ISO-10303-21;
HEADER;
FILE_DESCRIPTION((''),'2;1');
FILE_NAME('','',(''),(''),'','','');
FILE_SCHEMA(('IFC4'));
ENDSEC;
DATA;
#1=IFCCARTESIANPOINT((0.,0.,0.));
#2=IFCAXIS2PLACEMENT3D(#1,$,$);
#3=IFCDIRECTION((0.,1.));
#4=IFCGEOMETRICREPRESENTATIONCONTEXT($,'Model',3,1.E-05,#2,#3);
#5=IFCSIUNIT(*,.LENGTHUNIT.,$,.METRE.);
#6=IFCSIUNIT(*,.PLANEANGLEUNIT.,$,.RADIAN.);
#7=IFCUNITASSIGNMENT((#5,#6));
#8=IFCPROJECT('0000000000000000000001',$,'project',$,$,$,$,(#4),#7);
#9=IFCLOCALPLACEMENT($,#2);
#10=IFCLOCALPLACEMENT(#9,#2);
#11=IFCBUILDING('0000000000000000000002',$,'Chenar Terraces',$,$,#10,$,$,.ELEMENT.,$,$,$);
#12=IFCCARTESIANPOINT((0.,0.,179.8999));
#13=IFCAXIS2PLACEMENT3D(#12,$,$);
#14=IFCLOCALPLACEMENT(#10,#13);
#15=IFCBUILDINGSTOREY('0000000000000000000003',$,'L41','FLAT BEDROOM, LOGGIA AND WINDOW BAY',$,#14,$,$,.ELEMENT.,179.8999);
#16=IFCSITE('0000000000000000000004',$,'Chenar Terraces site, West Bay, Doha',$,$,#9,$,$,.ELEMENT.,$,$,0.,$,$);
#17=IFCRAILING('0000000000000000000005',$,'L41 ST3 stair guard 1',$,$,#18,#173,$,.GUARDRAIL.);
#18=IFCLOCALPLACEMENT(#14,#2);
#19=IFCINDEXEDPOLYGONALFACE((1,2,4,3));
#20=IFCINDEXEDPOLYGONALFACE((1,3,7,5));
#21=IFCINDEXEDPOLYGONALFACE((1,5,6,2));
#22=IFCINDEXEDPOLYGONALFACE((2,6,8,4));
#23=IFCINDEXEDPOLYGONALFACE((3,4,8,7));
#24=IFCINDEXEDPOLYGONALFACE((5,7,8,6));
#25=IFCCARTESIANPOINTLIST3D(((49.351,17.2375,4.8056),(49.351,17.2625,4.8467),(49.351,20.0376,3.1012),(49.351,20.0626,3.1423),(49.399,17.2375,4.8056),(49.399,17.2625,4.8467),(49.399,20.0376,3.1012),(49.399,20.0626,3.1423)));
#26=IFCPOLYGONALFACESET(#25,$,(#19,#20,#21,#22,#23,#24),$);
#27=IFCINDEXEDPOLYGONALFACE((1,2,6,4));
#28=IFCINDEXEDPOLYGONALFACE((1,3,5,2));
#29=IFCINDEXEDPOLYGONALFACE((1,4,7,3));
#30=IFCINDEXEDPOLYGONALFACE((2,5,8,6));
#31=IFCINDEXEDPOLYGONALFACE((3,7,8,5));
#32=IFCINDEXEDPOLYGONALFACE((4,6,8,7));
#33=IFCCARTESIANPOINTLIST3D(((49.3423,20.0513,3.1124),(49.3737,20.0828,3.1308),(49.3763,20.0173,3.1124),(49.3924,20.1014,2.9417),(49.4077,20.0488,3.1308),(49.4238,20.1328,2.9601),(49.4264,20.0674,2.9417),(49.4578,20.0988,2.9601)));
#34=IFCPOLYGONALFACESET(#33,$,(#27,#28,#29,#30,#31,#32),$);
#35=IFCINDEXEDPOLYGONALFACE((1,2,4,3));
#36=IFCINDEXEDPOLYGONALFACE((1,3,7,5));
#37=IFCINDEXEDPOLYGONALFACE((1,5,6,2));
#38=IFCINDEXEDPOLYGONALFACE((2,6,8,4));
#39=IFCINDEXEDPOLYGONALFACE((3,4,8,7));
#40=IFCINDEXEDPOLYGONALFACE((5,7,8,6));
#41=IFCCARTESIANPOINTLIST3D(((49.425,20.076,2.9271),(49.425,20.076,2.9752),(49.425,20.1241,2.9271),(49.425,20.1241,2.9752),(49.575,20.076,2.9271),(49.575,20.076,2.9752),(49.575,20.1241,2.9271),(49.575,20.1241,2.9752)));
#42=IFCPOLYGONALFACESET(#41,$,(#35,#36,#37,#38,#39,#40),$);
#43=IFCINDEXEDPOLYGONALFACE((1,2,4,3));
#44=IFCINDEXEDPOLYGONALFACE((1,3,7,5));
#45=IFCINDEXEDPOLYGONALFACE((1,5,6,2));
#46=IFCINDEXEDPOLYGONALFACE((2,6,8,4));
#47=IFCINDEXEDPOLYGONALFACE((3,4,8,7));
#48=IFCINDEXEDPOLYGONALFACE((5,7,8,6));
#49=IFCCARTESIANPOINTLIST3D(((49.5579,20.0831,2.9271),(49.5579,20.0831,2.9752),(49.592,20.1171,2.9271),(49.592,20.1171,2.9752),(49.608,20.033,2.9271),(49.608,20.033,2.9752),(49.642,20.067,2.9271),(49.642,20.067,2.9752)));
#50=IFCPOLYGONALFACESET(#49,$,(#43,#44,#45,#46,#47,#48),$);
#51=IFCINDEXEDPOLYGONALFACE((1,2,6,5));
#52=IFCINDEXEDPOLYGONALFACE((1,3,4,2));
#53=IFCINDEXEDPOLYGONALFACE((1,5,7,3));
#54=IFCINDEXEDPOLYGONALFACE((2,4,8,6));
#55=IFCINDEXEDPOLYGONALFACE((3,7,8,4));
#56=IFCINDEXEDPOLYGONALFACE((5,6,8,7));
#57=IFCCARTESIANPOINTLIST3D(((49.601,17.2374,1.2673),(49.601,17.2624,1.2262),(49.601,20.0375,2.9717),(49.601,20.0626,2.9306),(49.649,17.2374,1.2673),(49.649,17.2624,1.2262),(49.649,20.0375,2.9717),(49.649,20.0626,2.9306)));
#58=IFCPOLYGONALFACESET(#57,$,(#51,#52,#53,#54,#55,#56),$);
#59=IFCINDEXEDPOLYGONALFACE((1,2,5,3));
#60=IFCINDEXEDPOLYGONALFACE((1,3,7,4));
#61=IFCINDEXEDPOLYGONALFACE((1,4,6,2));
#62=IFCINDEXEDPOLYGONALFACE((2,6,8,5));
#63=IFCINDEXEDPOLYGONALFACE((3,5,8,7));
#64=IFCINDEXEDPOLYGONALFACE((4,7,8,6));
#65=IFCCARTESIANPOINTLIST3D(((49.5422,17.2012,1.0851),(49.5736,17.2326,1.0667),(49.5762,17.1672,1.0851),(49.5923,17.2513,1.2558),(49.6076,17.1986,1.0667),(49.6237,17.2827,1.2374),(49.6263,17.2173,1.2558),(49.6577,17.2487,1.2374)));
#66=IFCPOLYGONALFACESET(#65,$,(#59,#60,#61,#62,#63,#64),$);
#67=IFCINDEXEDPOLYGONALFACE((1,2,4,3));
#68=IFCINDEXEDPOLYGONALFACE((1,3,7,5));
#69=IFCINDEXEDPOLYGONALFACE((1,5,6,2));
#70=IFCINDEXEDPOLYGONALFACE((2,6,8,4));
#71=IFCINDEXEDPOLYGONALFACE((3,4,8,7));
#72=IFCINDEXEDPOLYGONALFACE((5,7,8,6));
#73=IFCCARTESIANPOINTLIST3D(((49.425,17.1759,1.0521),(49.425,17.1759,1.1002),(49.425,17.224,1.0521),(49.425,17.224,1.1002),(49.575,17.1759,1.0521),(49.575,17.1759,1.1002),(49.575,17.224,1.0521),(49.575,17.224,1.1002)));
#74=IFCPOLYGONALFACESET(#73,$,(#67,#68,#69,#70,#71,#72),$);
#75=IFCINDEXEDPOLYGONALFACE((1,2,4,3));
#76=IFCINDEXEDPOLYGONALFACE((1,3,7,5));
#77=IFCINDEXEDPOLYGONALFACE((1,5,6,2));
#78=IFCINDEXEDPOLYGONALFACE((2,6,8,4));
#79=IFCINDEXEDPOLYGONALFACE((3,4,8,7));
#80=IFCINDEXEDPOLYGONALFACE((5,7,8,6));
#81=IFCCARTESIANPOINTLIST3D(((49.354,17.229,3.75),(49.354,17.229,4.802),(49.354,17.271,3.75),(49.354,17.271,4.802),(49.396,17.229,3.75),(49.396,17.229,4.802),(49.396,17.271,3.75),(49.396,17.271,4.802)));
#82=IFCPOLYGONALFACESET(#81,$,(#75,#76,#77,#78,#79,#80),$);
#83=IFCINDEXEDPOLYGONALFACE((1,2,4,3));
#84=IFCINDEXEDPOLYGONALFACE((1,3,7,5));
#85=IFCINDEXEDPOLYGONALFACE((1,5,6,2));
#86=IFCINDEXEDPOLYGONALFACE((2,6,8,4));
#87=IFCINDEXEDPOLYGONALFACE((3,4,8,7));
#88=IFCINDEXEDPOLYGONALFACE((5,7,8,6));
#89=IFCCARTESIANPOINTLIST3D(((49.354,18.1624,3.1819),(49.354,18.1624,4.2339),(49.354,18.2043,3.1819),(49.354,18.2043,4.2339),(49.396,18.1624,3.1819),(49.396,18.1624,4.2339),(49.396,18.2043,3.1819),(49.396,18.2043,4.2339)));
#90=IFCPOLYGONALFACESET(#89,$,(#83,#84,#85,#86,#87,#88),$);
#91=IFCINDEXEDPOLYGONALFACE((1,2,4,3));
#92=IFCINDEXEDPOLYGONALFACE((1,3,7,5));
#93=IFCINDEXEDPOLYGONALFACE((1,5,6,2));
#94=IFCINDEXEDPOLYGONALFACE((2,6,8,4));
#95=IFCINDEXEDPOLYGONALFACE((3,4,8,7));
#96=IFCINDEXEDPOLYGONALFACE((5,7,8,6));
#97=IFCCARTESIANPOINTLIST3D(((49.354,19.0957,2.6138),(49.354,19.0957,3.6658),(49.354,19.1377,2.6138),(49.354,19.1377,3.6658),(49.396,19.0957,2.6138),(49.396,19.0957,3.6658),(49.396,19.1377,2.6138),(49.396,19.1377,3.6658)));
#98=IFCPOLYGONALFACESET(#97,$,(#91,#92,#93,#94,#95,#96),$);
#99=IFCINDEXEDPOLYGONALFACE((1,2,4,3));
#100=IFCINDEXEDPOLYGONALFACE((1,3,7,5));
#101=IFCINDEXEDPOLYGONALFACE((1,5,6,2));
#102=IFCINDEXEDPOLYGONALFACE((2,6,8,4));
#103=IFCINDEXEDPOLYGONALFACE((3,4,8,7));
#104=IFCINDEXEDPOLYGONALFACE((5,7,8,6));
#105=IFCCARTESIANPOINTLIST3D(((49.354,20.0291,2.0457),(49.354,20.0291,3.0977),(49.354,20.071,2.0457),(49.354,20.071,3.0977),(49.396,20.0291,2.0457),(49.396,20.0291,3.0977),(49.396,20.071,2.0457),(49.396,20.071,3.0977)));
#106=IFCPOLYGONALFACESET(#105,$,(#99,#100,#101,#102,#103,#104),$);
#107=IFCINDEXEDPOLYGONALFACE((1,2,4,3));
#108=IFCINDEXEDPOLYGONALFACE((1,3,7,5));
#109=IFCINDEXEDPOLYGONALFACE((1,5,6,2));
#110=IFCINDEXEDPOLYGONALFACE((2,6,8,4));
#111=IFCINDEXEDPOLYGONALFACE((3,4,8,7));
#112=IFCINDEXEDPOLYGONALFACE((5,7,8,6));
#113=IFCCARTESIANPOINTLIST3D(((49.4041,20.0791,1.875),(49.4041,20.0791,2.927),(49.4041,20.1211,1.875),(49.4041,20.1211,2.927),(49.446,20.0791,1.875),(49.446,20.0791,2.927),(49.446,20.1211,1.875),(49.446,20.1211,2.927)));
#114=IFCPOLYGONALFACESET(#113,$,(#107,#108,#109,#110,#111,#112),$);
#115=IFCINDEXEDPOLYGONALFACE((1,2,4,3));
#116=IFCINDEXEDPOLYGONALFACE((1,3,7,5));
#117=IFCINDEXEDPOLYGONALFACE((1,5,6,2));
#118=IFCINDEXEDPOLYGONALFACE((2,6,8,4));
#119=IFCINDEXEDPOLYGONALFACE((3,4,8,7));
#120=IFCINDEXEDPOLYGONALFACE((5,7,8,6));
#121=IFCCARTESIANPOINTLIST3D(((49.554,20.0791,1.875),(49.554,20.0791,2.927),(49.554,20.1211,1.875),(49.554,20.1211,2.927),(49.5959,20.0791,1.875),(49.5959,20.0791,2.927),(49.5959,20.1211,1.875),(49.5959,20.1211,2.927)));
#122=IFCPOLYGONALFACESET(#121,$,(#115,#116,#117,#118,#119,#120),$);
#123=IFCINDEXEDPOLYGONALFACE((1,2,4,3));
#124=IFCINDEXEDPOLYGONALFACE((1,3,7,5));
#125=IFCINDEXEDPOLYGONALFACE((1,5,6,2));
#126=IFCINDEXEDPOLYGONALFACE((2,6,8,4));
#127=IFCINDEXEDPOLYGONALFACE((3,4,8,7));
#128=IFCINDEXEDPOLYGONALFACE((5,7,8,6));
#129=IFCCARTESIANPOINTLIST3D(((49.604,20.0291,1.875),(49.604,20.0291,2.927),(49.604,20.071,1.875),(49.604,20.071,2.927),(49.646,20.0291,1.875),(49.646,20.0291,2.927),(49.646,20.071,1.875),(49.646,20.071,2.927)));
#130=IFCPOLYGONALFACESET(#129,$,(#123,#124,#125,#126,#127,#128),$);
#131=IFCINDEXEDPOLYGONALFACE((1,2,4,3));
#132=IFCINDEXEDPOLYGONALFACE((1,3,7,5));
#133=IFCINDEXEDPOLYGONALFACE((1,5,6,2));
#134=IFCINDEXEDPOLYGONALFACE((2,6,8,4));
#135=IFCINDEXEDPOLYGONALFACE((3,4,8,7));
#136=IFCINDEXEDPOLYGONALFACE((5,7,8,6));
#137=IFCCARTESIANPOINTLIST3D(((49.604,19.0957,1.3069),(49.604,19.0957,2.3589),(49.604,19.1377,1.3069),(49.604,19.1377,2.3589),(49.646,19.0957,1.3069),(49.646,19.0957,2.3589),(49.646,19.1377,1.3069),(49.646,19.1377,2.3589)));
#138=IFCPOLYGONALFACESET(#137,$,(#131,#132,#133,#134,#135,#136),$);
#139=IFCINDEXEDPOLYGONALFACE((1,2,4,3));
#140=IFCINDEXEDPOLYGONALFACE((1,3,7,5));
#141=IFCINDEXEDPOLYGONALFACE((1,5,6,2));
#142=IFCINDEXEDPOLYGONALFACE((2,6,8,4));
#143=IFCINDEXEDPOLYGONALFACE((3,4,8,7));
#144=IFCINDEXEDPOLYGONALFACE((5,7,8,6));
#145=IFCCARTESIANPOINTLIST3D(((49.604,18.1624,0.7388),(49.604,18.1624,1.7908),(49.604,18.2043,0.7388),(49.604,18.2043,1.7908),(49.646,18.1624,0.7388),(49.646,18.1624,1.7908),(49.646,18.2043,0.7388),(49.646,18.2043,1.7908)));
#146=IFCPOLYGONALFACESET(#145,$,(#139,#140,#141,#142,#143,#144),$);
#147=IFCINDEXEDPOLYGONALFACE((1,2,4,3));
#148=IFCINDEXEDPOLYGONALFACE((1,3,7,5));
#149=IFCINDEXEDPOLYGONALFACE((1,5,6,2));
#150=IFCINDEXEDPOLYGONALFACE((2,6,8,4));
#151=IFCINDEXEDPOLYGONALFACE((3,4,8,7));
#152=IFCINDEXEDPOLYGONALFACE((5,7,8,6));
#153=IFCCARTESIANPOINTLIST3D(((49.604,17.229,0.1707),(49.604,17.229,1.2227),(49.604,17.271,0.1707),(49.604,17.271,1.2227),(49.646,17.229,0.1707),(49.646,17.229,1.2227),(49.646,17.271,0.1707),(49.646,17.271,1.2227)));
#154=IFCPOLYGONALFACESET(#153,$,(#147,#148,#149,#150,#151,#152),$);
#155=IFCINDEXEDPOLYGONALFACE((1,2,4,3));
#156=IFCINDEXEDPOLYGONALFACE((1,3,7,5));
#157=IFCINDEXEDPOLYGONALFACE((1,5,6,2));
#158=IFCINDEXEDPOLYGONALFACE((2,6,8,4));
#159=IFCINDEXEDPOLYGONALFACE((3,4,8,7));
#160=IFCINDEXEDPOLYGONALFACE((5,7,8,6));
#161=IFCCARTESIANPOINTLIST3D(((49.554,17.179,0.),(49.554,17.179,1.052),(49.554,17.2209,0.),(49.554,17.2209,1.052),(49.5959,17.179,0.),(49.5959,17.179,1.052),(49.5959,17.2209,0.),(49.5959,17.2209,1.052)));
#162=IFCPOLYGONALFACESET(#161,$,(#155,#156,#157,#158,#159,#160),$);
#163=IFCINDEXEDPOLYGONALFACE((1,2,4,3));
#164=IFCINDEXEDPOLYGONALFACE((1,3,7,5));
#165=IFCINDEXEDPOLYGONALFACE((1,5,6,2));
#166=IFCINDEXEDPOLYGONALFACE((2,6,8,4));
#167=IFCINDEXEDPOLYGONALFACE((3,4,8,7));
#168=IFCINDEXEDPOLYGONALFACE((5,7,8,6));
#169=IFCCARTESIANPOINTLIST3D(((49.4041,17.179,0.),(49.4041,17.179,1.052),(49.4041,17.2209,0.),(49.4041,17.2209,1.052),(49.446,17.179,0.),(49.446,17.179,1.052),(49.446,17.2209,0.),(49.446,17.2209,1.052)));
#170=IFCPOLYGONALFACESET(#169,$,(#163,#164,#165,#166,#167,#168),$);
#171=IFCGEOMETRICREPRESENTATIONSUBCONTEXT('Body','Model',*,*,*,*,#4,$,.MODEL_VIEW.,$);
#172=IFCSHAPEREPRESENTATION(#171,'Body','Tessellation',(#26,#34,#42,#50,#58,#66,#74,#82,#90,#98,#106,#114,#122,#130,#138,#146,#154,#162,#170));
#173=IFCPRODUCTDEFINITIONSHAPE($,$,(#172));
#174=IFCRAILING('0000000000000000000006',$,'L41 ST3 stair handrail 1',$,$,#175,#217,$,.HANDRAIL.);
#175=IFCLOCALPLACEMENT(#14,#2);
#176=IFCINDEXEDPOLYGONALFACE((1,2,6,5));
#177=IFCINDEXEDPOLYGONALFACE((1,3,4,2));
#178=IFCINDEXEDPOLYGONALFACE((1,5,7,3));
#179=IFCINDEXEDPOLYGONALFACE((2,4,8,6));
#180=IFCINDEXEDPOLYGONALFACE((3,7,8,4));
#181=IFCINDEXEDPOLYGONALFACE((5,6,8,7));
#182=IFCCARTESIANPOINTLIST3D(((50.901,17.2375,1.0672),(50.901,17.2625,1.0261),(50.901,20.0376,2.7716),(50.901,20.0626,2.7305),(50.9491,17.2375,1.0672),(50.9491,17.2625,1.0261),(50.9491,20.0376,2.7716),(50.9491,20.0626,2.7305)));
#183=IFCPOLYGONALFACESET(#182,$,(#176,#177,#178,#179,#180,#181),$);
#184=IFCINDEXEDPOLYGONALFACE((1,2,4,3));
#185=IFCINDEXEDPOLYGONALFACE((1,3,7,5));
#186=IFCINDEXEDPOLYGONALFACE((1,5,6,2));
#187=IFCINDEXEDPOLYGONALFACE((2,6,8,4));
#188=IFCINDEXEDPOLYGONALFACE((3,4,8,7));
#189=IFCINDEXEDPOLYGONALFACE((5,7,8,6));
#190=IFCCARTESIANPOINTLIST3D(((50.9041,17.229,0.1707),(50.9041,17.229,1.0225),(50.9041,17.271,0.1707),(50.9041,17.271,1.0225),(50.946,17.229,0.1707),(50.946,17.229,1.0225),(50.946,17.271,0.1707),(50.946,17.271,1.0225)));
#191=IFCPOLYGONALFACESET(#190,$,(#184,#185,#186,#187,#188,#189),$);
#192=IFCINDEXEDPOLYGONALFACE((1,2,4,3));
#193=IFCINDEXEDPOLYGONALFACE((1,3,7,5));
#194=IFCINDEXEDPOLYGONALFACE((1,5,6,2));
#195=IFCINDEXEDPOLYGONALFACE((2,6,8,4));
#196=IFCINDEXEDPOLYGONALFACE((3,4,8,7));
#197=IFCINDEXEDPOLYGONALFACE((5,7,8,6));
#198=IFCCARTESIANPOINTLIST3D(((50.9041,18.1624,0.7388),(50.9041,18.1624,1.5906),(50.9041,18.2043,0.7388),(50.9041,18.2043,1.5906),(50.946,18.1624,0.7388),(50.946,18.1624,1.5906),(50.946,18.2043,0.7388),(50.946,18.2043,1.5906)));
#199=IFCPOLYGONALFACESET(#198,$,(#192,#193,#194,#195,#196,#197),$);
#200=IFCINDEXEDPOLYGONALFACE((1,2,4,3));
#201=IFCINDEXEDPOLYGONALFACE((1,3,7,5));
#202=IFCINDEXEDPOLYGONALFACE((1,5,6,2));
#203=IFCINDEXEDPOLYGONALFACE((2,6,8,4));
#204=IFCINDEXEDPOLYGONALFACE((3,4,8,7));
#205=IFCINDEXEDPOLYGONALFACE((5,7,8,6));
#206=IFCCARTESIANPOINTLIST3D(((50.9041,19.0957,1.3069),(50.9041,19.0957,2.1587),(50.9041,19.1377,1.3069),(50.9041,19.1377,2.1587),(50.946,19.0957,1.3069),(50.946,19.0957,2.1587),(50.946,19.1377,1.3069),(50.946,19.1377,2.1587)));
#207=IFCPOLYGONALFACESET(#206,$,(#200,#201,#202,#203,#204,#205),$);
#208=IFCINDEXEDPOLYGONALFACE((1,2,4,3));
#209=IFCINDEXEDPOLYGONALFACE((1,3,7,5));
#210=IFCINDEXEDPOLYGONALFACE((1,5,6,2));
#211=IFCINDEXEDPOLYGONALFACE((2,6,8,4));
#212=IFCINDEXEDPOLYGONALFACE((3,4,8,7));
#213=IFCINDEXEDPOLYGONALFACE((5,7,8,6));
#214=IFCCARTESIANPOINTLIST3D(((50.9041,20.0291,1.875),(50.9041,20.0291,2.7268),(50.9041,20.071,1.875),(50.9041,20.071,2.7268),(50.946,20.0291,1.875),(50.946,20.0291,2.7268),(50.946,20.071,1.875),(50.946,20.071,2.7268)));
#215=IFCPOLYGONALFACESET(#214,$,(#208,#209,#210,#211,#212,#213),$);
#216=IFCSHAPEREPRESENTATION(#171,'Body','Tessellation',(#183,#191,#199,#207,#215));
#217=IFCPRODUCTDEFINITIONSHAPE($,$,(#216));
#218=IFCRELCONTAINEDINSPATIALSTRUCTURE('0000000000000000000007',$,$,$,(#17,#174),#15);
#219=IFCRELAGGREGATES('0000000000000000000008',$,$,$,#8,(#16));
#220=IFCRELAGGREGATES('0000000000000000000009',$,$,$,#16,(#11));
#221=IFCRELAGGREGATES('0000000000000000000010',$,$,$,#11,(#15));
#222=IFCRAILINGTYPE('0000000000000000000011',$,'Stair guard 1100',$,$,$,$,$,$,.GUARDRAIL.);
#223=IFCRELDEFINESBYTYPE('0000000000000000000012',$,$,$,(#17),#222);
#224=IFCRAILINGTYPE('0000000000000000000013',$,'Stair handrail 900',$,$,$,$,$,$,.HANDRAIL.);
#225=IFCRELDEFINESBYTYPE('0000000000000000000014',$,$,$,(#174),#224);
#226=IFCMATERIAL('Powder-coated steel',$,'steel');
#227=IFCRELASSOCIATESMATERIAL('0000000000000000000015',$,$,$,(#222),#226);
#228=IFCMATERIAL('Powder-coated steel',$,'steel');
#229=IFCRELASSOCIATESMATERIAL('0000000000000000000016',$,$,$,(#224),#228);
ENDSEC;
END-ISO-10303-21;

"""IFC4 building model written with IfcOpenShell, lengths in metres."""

from ifc_helpers import new_model, si_unit, direction, frame, origin, origin_2d, place, context, subcontext, project, spatial, rectangle, extrude, material, type_object, element, save


model = new_model("IFC4")

# Units and contexts
model_context = context("Model", 3, precision=1e-05, world=origin(), true_north=direction((0.0, 1.0)))
body_context = subcontext(model_context, "Body", "Model", "MODEL_VIEW")
ifc_project = project(units=[si_unit("LENGTHUNIT", "METRE"), si_unit("PLANEANGLEUNIT", "RADIAN")], contexts=[model_context])

# Site, building, storey
site_placement = place(None, origin())
site = spatial("IfcSite", under=ifc_project, at=site_placement, Name="Chenar Terraces site, West Bay, Doha", CompositionType="ELEMENT", RefElevation=0.0)
building_placement = place(site_placement, origin())
building = spatial("IfcBuilding", under=site, at=building_placement, Name="Chenar Terraces", CompositionType="ELEMENT")
storey_placement = place(building_placement, frame((0.0, 0.0, 179.8999)))
storey = spatial("IfcBuildingStorey", under=building, at=storey_placement, Name="L41", Description="FLAT BEDROOM, LOGGIA AND WINDOW BAY", CompositionType="ELEMENT", Elevation=179.8999)

# Railings
ifc_material_1 = material(Name="Powder-coated steel", Category="steel")
railing_type_1 = type_object("IfcRailingType", Name="Stair guard 1100", PredefinedType="GUARDRAIL", material=ifc_material_1)
railing_1_placement = place(storey_placement, frame((49.375, 17.25, 3.75)))
element("IfcRailing", 1, at=railing_1_placement, inside=storey, type_object=railing_type_1, Name="L41 ST3 stair guard 1", PredefinedType="GUARDRAIL", context=body_context, shape_type="SweptSolid", body=[
    extrude(rectangle(XDim=0.0481, YDim=0.0481, at=origin_2d()), frame((0.0, 0.0, 1.0762), z_axis=(0.0, 0.854203, -0.51994), x_axis=(-1.0, 0.0, 0.0)), (0.0, 0.0, 1.0), 3.2781),
    extrude(rectangle(XDim=0.0481, YDim=0.0481, at=origin_2d()), frame((0.0, 2.8, -0.6284), z_axis=(0.2709, 0.2709, -0.923703), x_axis=(-0.707107, 0.707107, 0.0)), (0.0, 0.0, 1.0), 0.1848),
    extrude(rectangle(XDim=0.0481, YDim=0.0481, at=origin_2d()), frame((0.05, 2.8501, -0.7988), z_axis=(1.0, 0.0, 0.0), x_axis=(0.0, 1.0, 0.0)), (0.0, 0.0, 1.0), 0.1499),
    extrude(rectangle(XDim=0.0481, YDim=0.0481, at=origin_2d()), frame((0.2, 2.8501, -0.7988), z_axis=(0.707107, -0.707107, 0.0), x_axis=(0.707107, 0.707107, 0.0)), (0.0, 0.0, 1.0), 0.0708),
    extrude(rectangle(XDim=0.0481, YDim=0.0481, at=origin_2d()), frame((0.25, 2.8, -0.7988), z_axis=(0.0, -0.854203, -0.51994), x_axis=(1.0, 0.0, 0.0)), (0.0, 0.0, 1.0), 3.2781),
    extrude(rectangle(XDim=0.0481, YDim=0.0481, at=origin_2d()), frame((0.25, 0.0, -2.5034), z_axis=(-0.2709, -0.2709, -0.923703), x_axis=(0.707107, -0.707107, 0.0)), (0.0, 0.0, 1.0), 0.1848),
    extrude(rectangle(XDim=0.0481, YDim=0.0481, at=origin_2d()), frame((0.2, -0.05, -2.6738), z_axis=(-1.0, 0.0, 0.0), x_axis=(0.0, -1.0, 0.0)), (0.0, 0.0, 1.0), 0.1499),
    extrude(rectangle(XDim=0.042, YDim=0.042, at=origin_2d()), origin(), (0.0, 0.0, 1.0), 1.052),
    extrude(rectangle(XDim=0.042, YDim=0.042, at=origin_2d()), frame((0.0, 0.9333, -0.5681)), (0.0, 0.0, 1.0), 1.052),
    extrude(rectangle(XDim=0.042, YDim=0.042, at=origin_2d()), frame((0.0, 1.8667, -1.1362)), (0.0, 0.0, 1.0), 1.052),
    extrude(rectangle(XDim=0.042, YDim=0.042, at=origin_2d()), frame((0.0, 2.8, -1.7043)), (0.0, 0.0, 1.0), 1.052),
    extrude(rectangle(XDim=0.042, YDim=0.042, at=origin_2d()), frame((0.05, 2.8501, -1.875)), (0.0, 0.0, 1.0), 1.052),
    extrude(rectangle(XDim=0.042, YDim=0.042, at=origin_2d()), frame((0.2, 2.8501, -1.875)), (0.0, 0.0, 1.0), 1.052),
    extrude(rectangle(XDim=0.042, YDim=0.042, at=origin_2d()), frame((0.25, 2.8, -1.875)), (0.0, 0.0, 1.0), 1.052),
    extrude(rectangle(XDim=0.042, YDim=0.042, at=origin_2d()), frame((0.25, 1.8667, -2.4431)), (0.0, 0.0, 1.0), 1.052),
    extrude(rectangle(XDim=0.042, YDim=0.042, at=origin_2d()), frame((0.25, 0.9333, -3.0112)), (0.0, 0.0, 1.0), 1.052),
    extrude(rectangle(XDim=0.042, YDim=0.042, at=origin_2d()), frame((0.25, 0.0, -3.5793)), (0.0, 0.0, 1.0), 1.052),
    extrude(rectangle(XDim=0.042, YDim=0.042, at=origin_2d()), frame((0.2, -0.05, -3.75)), (0.0, 0.0, 1.0), 1.052),
    extrude(rectangle(XDim=0.042, YDim=0.042, at=origin_2d()), frame((0.05, -0.05, -3.75)), (0.0, 0.0, 1.0), 1.052),
])
ifc_material_2 = material(Name="Powder-coated steel", Category="steel")
railing_type_2 = type_object("IfcRailingType", Name="Stair handrail 900", PredefinedType="HANDRAIL", material=ifc_material_2)
railing_2_placement = place(storey_placement, frame((50.925, 17.25, 0.1707)))
element("IfcRailing", 2, at=railing_2_placement, inside=storey, type_object=railing_type_2, Name="L41 ST3 stair handrail 1", PredefinedType="HANDRAIL", context=body_context, shape_type="SweptSolid", body=[
    extrude(rectangle(XDim=0.0481, YDim=0.0481, at=origin_2d()), frame((0.0, 0.0, 0.876), z_axis=(0.0, 0.854203, 0.51994), x_axis=(-1.0, 0.0, 0.0)), (0.0, 0.0, 1.0), 3.2781),
    extrude(rectangle(XDim=0.042, YDim=0.042, at=origin_2d()), origin(), (0.0, 0.0, 1.0), 0.8518),
    extrude(rectangle(XDim=0.042, YDim=0.042, at=origin_2d()), frame((0.0, 0.9333, 0.5681)), (0.0, 0.0, 1.0), 0.8518),
    extrude(rectangle(XDim=0.042, YDim=0.042, at=origin_2d()), frame((0.0, 1.8667, 1.1362)), (0.0, 0.0, 1.0), 0.8518),
    extrude(rectangle(XDim=0.042, YDim=0.042, at=origin_2d()), frame((0.0, 2.8, 1.7043)), (0.0, 0.0, 1.0), 0.8518),
])

save(model, "model.ifc")
